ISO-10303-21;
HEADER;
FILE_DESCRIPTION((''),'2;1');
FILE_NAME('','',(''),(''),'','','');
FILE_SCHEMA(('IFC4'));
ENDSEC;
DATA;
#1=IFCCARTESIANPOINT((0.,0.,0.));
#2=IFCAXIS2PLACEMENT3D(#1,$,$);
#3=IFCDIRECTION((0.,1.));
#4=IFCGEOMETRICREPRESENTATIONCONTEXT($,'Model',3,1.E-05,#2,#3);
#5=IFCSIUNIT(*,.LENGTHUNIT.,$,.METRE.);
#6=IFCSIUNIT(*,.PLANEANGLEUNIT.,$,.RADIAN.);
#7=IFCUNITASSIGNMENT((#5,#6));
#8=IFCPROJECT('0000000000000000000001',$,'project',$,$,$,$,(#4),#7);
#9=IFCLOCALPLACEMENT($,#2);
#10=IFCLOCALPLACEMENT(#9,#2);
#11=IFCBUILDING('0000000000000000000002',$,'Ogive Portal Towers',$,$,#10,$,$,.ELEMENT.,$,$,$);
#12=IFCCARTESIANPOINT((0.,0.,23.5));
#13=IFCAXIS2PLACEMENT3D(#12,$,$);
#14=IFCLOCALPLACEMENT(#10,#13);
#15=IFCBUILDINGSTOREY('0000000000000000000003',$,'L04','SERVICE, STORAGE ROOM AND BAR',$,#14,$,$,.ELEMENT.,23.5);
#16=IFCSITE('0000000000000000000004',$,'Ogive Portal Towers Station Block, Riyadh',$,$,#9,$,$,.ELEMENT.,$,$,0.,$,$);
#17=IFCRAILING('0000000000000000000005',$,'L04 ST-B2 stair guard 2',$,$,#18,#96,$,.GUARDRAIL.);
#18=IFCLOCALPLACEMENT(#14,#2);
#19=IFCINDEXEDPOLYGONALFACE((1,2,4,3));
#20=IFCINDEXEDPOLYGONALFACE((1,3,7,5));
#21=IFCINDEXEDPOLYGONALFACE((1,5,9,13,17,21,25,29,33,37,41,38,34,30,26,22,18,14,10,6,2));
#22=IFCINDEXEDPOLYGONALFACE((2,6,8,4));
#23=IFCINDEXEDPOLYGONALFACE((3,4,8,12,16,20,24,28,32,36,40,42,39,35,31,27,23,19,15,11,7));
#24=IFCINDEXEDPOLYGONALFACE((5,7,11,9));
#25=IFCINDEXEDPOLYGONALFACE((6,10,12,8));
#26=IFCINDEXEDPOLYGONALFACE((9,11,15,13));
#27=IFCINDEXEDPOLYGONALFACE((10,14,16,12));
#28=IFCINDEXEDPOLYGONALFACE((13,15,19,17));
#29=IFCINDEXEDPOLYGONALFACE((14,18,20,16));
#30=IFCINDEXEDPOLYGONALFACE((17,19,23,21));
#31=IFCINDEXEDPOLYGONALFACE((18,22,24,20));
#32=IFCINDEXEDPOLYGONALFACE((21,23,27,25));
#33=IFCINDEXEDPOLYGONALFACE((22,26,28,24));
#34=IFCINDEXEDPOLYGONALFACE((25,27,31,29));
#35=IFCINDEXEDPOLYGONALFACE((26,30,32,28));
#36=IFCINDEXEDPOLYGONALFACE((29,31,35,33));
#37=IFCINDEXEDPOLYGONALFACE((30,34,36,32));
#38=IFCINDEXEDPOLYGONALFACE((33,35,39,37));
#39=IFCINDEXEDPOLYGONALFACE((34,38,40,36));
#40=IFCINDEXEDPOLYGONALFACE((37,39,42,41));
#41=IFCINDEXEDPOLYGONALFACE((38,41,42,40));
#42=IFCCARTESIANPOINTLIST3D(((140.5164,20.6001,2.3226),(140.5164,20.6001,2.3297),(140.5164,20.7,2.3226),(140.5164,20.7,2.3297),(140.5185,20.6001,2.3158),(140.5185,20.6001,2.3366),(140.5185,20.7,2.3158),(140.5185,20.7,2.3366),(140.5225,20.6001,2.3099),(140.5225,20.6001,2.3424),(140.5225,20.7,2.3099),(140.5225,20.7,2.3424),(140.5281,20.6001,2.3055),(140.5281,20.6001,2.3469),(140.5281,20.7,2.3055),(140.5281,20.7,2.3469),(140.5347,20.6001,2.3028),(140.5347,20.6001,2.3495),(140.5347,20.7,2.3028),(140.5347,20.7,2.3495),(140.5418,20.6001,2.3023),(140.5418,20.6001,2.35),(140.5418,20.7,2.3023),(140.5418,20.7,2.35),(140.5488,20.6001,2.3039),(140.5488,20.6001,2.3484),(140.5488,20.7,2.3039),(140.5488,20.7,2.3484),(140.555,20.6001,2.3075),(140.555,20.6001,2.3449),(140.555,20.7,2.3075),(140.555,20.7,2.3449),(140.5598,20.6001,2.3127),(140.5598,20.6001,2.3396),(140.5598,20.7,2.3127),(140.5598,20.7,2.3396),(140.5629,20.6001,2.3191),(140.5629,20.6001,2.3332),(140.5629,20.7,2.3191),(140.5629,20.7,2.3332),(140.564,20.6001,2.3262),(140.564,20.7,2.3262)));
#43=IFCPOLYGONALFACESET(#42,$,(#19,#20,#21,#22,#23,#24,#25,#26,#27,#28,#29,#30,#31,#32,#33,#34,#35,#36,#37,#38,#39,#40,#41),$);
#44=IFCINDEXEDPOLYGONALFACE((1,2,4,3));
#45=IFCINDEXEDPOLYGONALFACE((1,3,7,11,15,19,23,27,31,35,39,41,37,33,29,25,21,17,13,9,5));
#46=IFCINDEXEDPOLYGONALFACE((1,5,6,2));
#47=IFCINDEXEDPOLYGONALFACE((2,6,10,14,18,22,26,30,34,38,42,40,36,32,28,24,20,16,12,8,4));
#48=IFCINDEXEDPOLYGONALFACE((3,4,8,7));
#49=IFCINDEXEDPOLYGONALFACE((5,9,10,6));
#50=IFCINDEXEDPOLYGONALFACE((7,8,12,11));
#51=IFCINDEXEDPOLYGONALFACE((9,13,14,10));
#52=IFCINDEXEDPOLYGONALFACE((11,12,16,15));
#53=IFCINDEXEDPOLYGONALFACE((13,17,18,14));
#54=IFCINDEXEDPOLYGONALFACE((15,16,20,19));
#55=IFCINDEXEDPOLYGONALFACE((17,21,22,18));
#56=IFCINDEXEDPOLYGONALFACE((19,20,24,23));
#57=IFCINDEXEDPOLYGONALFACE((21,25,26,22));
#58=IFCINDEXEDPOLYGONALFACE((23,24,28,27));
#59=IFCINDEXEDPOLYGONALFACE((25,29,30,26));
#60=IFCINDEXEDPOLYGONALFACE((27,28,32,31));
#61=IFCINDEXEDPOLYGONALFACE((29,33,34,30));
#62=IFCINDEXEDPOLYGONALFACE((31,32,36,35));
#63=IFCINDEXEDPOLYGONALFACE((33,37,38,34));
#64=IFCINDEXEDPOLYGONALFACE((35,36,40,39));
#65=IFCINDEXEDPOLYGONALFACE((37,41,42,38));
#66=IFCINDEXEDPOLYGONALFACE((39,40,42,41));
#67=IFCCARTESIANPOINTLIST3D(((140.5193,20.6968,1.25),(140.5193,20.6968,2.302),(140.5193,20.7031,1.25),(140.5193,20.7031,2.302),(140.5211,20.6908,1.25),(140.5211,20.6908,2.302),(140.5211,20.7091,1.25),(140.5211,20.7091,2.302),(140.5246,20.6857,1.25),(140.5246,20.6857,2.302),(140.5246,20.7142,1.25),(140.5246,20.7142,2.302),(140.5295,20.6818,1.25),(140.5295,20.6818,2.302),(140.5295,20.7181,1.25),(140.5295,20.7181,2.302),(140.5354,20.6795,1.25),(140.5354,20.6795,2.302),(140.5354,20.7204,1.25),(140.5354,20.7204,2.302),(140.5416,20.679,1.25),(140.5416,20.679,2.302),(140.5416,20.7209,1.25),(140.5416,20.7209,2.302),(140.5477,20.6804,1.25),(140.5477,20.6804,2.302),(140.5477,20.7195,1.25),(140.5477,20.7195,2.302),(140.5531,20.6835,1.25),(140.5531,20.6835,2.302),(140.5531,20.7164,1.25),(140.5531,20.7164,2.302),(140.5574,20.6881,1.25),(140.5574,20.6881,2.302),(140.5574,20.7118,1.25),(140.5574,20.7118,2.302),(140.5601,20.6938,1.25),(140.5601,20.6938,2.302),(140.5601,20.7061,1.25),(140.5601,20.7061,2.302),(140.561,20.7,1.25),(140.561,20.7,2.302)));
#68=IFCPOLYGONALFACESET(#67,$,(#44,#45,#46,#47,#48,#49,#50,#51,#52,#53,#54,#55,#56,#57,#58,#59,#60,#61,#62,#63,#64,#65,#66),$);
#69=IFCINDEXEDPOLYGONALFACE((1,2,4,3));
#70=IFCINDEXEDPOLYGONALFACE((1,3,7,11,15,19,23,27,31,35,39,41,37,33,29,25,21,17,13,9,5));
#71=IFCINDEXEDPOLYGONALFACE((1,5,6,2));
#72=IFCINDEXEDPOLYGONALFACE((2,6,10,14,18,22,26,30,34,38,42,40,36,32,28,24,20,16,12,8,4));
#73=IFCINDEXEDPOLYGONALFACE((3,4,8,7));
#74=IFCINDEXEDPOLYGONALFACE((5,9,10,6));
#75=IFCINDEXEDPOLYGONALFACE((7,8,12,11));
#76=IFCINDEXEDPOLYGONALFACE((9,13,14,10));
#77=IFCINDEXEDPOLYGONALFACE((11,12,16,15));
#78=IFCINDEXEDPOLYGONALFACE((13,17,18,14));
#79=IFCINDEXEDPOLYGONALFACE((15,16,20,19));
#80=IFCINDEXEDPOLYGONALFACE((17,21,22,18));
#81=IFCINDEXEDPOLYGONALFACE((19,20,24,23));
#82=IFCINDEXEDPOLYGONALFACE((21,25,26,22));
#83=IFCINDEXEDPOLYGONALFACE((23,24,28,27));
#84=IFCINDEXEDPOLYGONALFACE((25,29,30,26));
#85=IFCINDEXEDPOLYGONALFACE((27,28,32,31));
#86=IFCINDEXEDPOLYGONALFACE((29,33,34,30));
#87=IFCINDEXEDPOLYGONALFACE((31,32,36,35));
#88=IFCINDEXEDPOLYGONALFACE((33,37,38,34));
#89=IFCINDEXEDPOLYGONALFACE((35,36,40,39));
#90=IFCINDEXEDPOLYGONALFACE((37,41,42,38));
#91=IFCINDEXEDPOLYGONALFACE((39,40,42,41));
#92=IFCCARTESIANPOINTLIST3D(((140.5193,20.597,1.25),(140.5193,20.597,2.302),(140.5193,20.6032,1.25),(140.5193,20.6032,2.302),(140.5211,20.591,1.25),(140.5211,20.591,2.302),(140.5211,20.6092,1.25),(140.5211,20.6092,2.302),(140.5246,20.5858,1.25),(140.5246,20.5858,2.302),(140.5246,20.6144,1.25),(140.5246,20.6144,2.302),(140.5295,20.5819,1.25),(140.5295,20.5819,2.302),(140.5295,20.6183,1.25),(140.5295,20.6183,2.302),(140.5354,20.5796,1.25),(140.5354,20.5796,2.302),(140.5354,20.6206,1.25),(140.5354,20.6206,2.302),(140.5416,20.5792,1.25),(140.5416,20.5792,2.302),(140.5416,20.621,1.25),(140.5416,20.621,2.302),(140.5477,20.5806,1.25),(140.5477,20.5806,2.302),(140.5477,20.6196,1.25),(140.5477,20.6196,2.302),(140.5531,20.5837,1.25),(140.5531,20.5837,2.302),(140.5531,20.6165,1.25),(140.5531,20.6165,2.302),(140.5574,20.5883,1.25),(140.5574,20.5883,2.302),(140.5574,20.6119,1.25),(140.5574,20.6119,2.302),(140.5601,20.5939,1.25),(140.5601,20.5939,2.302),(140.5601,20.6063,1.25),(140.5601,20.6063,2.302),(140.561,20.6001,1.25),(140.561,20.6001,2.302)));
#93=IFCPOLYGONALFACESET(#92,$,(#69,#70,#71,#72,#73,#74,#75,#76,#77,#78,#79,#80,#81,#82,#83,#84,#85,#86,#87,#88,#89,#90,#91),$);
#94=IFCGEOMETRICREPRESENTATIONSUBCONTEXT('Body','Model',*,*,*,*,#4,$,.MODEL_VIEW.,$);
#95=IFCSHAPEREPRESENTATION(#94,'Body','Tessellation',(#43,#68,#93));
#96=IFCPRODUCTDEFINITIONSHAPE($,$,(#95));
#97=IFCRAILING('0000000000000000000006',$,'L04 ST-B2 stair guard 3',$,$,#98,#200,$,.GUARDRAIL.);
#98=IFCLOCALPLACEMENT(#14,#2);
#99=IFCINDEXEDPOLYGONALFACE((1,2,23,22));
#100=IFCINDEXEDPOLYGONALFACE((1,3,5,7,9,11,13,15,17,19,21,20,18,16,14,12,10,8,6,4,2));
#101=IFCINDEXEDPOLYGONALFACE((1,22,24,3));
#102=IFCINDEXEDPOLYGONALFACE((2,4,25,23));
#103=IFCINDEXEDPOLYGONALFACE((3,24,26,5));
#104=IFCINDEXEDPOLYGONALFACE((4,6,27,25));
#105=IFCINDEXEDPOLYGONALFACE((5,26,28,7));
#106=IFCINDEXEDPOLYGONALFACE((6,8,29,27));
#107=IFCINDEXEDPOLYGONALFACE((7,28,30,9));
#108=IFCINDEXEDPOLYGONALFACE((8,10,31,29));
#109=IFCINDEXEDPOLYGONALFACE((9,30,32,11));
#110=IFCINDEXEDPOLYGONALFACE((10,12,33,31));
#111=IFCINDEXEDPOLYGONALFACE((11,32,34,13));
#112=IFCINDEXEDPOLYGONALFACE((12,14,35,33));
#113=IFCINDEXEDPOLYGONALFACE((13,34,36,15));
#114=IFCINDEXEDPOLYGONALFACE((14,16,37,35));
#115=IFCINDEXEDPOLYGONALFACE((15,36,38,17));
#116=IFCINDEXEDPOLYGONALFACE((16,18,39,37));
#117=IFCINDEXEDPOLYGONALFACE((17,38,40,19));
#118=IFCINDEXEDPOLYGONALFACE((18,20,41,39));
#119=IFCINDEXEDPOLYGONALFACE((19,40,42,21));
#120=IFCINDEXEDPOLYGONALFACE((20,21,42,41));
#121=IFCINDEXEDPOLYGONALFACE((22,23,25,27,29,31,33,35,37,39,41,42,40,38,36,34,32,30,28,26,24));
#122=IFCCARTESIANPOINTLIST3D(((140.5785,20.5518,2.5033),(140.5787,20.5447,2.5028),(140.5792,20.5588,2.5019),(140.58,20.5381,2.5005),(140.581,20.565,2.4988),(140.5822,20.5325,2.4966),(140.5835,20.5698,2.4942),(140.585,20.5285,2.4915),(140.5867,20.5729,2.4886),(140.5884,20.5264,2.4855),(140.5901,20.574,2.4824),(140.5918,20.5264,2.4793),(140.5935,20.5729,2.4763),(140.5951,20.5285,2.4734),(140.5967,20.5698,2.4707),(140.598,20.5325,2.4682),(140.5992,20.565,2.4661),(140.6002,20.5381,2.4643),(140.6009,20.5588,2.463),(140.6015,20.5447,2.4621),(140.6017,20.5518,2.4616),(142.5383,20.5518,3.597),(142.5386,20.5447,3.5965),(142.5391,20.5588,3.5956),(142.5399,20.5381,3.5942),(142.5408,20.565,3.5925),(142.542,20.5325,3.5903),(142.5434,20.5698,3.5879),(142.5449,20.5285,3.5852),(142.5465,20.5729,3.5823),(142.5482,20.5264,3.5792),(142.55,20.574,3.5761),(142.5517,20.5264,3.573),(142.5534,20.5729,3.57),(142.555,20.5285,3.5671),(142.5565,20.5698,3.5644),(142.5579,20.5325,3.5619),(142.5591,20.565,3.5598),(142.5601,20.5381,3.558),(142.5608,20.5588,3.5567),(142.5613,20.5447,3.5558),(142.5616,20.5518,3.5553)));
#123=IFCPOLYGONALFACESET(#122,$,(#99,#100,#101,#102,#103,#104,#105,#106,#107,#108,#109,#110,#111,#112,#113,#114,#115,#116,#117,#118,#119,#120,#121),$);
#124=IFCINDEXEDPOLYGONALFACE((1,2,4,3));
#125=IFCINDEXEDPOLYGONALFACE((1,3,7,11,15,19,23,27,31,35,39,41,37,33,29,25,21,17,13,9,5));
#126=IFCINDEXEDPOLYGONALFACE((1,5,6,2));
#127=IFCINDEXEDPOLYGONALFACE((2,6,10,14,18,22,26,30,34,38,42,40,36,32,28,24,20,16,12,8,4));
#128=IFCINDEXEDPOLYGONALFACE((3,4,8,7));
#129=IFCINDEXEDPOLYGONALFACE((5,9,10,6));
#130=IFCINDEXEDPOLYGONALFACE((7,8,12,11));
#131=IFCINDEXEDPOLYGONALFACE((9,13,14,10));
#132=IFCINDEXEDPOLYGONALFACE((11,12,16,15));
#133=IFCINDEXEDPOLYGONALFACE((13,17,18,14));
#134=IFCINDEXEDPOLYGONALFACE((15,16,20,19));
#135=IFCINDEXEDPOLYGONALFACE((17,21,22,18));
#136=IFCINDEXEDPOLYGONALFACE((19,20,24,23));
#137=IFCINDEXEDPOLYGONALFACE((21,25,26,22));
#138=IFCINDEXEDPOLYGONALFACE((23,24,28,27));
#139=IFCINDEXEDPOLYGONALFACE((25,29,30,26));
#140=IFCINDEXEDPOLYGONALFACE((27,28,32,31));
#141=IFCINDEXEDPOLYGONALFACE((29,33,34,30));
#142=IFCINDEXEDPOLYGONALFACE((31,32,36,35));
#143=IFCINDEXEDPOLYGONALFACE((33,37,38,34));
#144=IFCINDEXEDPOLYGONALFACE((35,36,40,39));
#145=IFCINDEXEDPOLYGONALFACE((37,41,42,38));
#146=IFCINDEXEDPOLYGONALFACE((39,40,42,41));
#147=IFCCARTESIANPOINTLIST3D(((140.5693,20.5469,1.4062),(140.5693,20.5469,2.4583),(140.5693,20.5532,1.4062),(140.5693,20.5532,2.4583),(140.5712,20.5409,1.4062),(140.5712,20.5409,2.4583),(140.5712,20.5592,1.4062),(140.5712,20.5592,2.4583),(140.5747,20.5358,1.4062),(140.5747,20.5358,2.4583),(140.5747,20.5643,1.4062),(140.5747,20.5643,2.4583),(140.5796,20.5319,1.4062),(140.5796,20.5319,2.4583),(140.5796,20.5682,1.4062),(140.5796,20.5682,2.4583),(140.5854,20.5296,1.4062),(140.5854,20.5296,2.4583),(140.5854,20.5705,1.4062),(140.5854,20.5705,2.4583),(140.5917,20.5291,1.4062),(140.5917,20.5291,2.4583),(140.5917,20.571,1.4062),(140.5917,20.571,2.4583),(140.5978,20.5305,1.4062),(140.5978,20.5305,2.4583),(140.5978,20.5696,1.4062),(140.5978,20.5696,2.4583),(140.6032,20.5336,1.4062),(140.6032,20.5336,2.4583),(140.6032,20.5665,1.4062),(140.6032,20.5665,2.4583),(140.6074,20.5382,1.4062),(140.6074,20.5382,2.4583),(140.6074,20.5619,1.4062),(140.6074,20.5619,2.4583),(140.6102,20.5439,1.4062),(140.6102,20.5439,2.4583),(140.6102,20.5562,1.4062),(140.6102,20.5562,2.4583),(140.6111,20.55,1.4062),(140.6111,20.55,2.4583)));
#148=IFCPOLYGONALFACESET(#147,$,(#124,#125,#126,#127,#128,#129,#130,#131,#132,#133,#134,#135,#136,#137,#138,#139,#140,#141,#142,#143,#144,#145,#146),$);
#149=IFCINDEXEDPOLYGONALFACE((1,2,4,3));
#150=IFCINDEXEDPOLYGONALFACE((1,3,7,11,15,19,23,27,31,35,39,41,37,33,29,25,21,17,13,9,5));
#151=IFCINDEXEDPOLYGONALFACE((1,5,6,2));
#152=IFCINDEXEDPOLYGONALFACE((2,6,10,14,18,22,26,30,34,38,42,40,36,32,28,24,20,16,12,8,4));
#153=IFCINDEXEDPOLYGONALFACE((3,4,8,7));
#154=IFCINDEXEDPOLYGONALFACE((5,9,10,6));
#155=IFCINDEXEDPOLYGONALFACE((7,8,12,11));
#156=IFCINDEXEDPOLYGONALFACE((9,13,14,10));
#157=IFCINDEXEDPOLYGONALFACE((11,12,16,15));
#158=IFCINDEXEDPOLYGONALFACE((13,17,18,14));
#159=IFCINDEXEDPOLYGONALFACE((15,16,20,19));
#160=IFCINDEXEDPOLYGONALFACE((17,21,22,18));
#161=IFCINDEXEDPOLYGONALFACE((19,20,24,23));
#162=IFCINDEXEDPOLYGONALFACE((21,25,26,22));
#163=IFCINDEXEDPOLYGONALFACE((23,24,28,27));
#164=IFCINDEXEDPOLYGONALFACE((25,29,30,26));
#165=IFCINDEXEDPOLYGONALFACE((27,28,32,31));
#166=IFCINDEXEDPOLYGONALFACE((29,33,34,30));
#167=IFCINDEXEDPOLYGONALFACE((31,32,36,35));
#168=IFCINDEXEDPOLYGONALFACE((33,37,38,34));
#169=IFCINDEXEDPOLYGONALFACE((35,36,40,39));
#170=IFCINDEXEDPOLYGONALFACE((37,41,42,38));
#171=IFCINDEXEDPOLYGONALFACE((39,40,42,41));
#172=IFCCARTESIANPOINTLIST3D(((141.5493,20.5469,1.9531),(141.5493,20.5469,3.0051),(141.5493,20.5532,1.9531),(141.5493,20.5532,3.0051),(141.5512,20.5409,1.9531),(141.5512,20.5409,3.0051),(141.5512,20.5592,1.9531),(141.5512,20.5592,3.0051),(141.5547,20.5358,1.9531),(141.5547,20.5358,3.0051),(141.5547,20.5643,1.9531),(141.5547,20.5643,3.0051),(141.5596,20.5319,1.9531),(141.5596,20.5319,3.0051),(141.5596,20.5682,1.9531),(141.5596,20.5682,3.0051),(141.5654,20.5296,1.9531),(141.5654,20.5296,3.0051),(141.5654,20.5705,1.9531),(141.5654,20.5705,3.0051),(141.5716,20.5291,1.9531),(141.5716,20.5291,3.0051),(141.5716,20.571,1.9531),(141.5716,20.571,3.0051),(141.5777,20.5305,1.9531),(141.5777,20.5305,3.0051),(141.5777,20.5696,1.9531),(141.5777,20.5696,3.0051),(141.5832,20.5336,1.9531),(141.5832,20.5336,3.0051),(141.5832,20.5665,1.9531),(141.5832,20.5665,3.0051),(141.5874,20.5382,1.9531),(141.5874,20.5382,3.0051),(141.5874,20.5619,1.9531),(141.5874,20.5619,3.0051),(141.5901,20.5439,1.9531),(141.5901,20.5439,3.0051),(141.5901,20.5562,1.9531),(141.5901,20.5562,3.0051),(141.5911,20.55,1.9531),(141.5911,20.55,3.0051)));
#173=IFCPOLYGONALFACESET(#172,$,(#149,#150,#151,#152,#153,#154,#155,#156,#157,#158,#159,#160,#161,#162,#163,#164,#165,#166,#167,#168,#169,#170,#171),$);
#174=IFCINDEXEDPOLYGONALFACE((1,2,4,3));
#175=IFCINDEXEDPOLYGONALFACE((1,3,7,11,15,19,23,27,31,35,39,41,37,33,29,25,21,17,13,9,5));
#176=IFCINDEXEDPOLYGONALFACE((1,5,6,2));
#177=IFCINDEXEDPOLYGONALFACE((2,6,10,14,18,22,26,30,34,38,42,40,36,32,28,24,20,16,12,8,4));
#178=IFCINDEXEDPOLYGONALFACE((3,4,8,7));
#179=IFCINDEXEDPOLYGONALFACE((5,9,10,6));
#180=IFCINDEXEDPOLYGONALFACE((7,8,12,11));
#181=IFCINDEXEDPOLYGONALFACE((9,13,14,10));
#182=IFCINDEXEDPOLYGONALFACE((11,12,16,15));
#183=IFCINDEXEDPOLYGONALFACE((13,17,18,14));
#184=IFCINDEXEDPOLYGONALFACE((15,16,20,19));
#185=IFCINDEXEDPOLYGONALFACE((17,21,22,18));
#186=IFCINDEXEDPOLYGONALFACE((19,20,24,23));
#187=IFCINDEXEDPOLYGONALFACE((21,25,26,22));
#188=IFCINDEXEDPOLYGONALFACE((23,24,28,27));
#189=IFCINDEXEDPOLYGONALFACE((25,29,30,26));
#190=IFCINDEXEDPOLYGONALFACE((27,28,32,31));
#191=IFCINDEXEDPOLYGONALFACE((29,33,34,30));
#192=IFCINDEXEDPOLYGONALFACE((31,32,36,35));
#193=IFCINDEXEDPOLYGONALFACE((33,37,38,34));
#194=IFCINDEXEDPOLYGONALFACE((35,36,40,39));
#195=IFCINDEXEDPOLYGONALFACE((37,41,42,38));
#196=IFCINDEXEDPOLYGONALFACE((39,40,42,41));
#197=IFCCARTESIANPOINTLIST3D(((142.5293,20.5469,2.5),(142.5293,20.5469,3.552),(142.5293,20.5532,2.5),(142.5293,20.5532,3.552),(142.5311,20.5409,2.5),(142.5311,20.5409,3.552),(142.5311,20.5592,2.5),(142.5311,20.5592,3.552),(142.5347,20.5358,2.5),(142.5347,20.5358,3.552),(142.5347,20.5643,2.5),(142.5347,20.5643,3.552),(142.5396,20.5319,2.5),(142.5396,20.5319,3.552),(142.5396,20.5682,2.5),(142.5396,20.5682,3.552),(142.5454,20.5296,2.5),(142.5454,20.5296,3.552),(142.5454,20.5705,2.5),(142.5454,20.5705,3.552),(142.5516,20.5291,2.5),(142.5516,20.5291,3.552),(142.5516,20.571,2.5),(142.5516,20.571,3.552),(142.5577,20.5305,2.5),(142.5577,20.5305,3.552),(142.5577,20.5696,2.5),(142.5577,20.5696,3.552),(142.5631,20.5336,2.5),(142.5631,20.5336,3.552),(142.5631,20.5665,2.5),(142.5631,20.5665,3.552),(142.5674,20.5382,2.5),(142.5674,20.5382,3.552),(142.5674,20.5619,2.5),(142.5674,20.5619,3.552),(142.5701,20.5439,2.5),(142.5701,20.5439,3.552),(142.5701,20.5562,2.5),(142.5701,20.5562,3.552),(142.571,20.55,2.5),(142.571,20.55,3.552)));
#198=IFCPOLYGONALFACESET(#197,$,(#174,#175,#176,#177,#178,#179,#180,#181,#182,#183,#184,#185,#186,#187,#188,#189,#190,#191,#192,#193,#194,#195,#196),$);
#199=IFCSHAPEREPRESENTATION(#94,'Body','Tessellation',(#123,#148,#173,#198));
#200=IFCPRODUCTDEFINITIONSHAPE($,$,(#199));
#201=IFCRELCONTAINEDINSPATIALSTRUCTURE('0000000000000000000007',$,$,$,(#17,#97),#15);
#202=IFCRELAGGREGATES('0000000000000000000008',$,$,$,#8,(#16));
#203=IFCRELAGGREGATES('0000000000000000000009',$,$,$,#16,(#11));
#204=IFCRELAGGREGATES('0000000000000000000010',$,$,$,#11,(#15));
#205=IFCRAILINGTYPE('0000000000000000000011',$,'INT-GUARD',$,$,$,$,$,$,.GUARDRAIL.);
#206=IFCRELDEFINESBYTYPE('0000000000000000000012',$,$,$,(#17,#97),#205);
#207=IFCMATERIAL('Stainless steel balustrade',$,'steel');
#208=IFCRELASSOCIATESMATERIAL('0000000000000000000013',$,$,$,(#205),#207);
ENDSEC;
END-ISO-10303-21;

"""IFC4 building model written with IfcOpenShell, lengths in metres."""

from ifc_helpers import new_model, si_unit, direction, frame, origin, origin_2d, place, context, subcontext, project, spatial, circle, extrude, material, type_object, element, save


model = new_model("IFC4")

# Units and contexts
model_context = context("Model", 3, precision=1e-05, world=origin(), true_north=direction((0.0, 1.0)))
body_context = subcontext(model_context, "Body", "Model", "MODEL_VIEW")
ifc_project = project(units=[si_unit("LENGTHUNIT", "METRE"), si_unit("PLANEANGLEUNIT", "RADIAN")], contexts=[model_context])

# Site, building, storey
site_placement = place(None, origin())
site = spatial("IfcSite", under=ifc_project, at=site_placement, Name="Ogive Portal Towers Station Block, Riyadh", CompositionType="ELEMENT", RefElevation=0.0)
building_placement = place(site_placement, origin())
building = spatial("IfcBuilding", under=site, at=building_placement, Name="Ogive Portal Towers", CompositionType="ELEMENT")
storey_placement = place(building_placement, frame((0.0, 0.0, 23.5)))
storey = spatial("IfcBuildingStorey", under=building, at=storey_placement, Name="L04", Description="SERVICE, STORAGE ROOM AND BAR", CompositionType="ELEMENT", Elevation=23.5)

# Railings
ifc_material_1 = material(Name="Stainless steel balustrade", Category="steel")
railing_type_1 = type_object("IfcRailingType", Name="INT-GUARD", PredefinedType="GUARDRAIL", material=ifc_material_1)
railing_1_placement = place(storey_placement, frame((140.54, 20.7, 1.25)))
element("IfcRailing", 1, at=railing_1_placement, inside=storey, type_object=railing_type_1, Name="L04 ST-B2 stair guard 2", PredefinedType="GUARDRAIL", context=body_context, shape_type="SweptSolid", body=[
    extrude(circle(Radius=0.0239, at=origin_2d()), frame((0.0, 0.0, 1.0762), z_axis=(0.0, -1.0, 0.0), x_axis=(1.0, 0.0, 0.0)), (0.0, 0.0, 1.0), 0.0999),
    extrude(circle(Radius=0.021, at=origin_2d()), origin(), (0.0, 0.0, 1.0), 1.052),
    extrude(circle(Radius=0.021, at=origin_2d()), frame((0.0, -0.0999, 0.0)), (0.0, 0.0, 1.0), 1.052),
])
railing_2_placement = place(storey_placement, frame((140.5901, 20.55, 1.4062)))
element("IfcRailing", 2, at=railing_2_placement, inside=storey, type_object=railing_type_1, Name="L04 ST-B2 stair guard 3", PredefinedType="GUARDRAIL", context=body_context, shape_type="SweptSolid", body=[
    extrude(circle(Radius=0.0239, at=origin_2d()), frame((0.0, 0.0, 1.0762), z_axis=(0.873232, 0.0, 0.487304), x_axis=(0.0, 1.0, 0.0)), (0.0, 0.0, 1.0), 2.2444),
    extrude(circle(Radius=0.021, at=origin_2d()), origin(), (0.0, 0.0, 1.0), 1.052),
    extrude(circle(Radius=0.021, at=origin_2d()), frame((0.98, 0.0, 0.5469)), (0.0, 0.0, 1.0), 1.052),
    extrude(circle(Radius=0.021, at=origin_2d()), frame((1.96, 0.0, 1.0938)), (0.0, 0.0, 1.0), 1.052),
])

save(model, "model.ifc")
